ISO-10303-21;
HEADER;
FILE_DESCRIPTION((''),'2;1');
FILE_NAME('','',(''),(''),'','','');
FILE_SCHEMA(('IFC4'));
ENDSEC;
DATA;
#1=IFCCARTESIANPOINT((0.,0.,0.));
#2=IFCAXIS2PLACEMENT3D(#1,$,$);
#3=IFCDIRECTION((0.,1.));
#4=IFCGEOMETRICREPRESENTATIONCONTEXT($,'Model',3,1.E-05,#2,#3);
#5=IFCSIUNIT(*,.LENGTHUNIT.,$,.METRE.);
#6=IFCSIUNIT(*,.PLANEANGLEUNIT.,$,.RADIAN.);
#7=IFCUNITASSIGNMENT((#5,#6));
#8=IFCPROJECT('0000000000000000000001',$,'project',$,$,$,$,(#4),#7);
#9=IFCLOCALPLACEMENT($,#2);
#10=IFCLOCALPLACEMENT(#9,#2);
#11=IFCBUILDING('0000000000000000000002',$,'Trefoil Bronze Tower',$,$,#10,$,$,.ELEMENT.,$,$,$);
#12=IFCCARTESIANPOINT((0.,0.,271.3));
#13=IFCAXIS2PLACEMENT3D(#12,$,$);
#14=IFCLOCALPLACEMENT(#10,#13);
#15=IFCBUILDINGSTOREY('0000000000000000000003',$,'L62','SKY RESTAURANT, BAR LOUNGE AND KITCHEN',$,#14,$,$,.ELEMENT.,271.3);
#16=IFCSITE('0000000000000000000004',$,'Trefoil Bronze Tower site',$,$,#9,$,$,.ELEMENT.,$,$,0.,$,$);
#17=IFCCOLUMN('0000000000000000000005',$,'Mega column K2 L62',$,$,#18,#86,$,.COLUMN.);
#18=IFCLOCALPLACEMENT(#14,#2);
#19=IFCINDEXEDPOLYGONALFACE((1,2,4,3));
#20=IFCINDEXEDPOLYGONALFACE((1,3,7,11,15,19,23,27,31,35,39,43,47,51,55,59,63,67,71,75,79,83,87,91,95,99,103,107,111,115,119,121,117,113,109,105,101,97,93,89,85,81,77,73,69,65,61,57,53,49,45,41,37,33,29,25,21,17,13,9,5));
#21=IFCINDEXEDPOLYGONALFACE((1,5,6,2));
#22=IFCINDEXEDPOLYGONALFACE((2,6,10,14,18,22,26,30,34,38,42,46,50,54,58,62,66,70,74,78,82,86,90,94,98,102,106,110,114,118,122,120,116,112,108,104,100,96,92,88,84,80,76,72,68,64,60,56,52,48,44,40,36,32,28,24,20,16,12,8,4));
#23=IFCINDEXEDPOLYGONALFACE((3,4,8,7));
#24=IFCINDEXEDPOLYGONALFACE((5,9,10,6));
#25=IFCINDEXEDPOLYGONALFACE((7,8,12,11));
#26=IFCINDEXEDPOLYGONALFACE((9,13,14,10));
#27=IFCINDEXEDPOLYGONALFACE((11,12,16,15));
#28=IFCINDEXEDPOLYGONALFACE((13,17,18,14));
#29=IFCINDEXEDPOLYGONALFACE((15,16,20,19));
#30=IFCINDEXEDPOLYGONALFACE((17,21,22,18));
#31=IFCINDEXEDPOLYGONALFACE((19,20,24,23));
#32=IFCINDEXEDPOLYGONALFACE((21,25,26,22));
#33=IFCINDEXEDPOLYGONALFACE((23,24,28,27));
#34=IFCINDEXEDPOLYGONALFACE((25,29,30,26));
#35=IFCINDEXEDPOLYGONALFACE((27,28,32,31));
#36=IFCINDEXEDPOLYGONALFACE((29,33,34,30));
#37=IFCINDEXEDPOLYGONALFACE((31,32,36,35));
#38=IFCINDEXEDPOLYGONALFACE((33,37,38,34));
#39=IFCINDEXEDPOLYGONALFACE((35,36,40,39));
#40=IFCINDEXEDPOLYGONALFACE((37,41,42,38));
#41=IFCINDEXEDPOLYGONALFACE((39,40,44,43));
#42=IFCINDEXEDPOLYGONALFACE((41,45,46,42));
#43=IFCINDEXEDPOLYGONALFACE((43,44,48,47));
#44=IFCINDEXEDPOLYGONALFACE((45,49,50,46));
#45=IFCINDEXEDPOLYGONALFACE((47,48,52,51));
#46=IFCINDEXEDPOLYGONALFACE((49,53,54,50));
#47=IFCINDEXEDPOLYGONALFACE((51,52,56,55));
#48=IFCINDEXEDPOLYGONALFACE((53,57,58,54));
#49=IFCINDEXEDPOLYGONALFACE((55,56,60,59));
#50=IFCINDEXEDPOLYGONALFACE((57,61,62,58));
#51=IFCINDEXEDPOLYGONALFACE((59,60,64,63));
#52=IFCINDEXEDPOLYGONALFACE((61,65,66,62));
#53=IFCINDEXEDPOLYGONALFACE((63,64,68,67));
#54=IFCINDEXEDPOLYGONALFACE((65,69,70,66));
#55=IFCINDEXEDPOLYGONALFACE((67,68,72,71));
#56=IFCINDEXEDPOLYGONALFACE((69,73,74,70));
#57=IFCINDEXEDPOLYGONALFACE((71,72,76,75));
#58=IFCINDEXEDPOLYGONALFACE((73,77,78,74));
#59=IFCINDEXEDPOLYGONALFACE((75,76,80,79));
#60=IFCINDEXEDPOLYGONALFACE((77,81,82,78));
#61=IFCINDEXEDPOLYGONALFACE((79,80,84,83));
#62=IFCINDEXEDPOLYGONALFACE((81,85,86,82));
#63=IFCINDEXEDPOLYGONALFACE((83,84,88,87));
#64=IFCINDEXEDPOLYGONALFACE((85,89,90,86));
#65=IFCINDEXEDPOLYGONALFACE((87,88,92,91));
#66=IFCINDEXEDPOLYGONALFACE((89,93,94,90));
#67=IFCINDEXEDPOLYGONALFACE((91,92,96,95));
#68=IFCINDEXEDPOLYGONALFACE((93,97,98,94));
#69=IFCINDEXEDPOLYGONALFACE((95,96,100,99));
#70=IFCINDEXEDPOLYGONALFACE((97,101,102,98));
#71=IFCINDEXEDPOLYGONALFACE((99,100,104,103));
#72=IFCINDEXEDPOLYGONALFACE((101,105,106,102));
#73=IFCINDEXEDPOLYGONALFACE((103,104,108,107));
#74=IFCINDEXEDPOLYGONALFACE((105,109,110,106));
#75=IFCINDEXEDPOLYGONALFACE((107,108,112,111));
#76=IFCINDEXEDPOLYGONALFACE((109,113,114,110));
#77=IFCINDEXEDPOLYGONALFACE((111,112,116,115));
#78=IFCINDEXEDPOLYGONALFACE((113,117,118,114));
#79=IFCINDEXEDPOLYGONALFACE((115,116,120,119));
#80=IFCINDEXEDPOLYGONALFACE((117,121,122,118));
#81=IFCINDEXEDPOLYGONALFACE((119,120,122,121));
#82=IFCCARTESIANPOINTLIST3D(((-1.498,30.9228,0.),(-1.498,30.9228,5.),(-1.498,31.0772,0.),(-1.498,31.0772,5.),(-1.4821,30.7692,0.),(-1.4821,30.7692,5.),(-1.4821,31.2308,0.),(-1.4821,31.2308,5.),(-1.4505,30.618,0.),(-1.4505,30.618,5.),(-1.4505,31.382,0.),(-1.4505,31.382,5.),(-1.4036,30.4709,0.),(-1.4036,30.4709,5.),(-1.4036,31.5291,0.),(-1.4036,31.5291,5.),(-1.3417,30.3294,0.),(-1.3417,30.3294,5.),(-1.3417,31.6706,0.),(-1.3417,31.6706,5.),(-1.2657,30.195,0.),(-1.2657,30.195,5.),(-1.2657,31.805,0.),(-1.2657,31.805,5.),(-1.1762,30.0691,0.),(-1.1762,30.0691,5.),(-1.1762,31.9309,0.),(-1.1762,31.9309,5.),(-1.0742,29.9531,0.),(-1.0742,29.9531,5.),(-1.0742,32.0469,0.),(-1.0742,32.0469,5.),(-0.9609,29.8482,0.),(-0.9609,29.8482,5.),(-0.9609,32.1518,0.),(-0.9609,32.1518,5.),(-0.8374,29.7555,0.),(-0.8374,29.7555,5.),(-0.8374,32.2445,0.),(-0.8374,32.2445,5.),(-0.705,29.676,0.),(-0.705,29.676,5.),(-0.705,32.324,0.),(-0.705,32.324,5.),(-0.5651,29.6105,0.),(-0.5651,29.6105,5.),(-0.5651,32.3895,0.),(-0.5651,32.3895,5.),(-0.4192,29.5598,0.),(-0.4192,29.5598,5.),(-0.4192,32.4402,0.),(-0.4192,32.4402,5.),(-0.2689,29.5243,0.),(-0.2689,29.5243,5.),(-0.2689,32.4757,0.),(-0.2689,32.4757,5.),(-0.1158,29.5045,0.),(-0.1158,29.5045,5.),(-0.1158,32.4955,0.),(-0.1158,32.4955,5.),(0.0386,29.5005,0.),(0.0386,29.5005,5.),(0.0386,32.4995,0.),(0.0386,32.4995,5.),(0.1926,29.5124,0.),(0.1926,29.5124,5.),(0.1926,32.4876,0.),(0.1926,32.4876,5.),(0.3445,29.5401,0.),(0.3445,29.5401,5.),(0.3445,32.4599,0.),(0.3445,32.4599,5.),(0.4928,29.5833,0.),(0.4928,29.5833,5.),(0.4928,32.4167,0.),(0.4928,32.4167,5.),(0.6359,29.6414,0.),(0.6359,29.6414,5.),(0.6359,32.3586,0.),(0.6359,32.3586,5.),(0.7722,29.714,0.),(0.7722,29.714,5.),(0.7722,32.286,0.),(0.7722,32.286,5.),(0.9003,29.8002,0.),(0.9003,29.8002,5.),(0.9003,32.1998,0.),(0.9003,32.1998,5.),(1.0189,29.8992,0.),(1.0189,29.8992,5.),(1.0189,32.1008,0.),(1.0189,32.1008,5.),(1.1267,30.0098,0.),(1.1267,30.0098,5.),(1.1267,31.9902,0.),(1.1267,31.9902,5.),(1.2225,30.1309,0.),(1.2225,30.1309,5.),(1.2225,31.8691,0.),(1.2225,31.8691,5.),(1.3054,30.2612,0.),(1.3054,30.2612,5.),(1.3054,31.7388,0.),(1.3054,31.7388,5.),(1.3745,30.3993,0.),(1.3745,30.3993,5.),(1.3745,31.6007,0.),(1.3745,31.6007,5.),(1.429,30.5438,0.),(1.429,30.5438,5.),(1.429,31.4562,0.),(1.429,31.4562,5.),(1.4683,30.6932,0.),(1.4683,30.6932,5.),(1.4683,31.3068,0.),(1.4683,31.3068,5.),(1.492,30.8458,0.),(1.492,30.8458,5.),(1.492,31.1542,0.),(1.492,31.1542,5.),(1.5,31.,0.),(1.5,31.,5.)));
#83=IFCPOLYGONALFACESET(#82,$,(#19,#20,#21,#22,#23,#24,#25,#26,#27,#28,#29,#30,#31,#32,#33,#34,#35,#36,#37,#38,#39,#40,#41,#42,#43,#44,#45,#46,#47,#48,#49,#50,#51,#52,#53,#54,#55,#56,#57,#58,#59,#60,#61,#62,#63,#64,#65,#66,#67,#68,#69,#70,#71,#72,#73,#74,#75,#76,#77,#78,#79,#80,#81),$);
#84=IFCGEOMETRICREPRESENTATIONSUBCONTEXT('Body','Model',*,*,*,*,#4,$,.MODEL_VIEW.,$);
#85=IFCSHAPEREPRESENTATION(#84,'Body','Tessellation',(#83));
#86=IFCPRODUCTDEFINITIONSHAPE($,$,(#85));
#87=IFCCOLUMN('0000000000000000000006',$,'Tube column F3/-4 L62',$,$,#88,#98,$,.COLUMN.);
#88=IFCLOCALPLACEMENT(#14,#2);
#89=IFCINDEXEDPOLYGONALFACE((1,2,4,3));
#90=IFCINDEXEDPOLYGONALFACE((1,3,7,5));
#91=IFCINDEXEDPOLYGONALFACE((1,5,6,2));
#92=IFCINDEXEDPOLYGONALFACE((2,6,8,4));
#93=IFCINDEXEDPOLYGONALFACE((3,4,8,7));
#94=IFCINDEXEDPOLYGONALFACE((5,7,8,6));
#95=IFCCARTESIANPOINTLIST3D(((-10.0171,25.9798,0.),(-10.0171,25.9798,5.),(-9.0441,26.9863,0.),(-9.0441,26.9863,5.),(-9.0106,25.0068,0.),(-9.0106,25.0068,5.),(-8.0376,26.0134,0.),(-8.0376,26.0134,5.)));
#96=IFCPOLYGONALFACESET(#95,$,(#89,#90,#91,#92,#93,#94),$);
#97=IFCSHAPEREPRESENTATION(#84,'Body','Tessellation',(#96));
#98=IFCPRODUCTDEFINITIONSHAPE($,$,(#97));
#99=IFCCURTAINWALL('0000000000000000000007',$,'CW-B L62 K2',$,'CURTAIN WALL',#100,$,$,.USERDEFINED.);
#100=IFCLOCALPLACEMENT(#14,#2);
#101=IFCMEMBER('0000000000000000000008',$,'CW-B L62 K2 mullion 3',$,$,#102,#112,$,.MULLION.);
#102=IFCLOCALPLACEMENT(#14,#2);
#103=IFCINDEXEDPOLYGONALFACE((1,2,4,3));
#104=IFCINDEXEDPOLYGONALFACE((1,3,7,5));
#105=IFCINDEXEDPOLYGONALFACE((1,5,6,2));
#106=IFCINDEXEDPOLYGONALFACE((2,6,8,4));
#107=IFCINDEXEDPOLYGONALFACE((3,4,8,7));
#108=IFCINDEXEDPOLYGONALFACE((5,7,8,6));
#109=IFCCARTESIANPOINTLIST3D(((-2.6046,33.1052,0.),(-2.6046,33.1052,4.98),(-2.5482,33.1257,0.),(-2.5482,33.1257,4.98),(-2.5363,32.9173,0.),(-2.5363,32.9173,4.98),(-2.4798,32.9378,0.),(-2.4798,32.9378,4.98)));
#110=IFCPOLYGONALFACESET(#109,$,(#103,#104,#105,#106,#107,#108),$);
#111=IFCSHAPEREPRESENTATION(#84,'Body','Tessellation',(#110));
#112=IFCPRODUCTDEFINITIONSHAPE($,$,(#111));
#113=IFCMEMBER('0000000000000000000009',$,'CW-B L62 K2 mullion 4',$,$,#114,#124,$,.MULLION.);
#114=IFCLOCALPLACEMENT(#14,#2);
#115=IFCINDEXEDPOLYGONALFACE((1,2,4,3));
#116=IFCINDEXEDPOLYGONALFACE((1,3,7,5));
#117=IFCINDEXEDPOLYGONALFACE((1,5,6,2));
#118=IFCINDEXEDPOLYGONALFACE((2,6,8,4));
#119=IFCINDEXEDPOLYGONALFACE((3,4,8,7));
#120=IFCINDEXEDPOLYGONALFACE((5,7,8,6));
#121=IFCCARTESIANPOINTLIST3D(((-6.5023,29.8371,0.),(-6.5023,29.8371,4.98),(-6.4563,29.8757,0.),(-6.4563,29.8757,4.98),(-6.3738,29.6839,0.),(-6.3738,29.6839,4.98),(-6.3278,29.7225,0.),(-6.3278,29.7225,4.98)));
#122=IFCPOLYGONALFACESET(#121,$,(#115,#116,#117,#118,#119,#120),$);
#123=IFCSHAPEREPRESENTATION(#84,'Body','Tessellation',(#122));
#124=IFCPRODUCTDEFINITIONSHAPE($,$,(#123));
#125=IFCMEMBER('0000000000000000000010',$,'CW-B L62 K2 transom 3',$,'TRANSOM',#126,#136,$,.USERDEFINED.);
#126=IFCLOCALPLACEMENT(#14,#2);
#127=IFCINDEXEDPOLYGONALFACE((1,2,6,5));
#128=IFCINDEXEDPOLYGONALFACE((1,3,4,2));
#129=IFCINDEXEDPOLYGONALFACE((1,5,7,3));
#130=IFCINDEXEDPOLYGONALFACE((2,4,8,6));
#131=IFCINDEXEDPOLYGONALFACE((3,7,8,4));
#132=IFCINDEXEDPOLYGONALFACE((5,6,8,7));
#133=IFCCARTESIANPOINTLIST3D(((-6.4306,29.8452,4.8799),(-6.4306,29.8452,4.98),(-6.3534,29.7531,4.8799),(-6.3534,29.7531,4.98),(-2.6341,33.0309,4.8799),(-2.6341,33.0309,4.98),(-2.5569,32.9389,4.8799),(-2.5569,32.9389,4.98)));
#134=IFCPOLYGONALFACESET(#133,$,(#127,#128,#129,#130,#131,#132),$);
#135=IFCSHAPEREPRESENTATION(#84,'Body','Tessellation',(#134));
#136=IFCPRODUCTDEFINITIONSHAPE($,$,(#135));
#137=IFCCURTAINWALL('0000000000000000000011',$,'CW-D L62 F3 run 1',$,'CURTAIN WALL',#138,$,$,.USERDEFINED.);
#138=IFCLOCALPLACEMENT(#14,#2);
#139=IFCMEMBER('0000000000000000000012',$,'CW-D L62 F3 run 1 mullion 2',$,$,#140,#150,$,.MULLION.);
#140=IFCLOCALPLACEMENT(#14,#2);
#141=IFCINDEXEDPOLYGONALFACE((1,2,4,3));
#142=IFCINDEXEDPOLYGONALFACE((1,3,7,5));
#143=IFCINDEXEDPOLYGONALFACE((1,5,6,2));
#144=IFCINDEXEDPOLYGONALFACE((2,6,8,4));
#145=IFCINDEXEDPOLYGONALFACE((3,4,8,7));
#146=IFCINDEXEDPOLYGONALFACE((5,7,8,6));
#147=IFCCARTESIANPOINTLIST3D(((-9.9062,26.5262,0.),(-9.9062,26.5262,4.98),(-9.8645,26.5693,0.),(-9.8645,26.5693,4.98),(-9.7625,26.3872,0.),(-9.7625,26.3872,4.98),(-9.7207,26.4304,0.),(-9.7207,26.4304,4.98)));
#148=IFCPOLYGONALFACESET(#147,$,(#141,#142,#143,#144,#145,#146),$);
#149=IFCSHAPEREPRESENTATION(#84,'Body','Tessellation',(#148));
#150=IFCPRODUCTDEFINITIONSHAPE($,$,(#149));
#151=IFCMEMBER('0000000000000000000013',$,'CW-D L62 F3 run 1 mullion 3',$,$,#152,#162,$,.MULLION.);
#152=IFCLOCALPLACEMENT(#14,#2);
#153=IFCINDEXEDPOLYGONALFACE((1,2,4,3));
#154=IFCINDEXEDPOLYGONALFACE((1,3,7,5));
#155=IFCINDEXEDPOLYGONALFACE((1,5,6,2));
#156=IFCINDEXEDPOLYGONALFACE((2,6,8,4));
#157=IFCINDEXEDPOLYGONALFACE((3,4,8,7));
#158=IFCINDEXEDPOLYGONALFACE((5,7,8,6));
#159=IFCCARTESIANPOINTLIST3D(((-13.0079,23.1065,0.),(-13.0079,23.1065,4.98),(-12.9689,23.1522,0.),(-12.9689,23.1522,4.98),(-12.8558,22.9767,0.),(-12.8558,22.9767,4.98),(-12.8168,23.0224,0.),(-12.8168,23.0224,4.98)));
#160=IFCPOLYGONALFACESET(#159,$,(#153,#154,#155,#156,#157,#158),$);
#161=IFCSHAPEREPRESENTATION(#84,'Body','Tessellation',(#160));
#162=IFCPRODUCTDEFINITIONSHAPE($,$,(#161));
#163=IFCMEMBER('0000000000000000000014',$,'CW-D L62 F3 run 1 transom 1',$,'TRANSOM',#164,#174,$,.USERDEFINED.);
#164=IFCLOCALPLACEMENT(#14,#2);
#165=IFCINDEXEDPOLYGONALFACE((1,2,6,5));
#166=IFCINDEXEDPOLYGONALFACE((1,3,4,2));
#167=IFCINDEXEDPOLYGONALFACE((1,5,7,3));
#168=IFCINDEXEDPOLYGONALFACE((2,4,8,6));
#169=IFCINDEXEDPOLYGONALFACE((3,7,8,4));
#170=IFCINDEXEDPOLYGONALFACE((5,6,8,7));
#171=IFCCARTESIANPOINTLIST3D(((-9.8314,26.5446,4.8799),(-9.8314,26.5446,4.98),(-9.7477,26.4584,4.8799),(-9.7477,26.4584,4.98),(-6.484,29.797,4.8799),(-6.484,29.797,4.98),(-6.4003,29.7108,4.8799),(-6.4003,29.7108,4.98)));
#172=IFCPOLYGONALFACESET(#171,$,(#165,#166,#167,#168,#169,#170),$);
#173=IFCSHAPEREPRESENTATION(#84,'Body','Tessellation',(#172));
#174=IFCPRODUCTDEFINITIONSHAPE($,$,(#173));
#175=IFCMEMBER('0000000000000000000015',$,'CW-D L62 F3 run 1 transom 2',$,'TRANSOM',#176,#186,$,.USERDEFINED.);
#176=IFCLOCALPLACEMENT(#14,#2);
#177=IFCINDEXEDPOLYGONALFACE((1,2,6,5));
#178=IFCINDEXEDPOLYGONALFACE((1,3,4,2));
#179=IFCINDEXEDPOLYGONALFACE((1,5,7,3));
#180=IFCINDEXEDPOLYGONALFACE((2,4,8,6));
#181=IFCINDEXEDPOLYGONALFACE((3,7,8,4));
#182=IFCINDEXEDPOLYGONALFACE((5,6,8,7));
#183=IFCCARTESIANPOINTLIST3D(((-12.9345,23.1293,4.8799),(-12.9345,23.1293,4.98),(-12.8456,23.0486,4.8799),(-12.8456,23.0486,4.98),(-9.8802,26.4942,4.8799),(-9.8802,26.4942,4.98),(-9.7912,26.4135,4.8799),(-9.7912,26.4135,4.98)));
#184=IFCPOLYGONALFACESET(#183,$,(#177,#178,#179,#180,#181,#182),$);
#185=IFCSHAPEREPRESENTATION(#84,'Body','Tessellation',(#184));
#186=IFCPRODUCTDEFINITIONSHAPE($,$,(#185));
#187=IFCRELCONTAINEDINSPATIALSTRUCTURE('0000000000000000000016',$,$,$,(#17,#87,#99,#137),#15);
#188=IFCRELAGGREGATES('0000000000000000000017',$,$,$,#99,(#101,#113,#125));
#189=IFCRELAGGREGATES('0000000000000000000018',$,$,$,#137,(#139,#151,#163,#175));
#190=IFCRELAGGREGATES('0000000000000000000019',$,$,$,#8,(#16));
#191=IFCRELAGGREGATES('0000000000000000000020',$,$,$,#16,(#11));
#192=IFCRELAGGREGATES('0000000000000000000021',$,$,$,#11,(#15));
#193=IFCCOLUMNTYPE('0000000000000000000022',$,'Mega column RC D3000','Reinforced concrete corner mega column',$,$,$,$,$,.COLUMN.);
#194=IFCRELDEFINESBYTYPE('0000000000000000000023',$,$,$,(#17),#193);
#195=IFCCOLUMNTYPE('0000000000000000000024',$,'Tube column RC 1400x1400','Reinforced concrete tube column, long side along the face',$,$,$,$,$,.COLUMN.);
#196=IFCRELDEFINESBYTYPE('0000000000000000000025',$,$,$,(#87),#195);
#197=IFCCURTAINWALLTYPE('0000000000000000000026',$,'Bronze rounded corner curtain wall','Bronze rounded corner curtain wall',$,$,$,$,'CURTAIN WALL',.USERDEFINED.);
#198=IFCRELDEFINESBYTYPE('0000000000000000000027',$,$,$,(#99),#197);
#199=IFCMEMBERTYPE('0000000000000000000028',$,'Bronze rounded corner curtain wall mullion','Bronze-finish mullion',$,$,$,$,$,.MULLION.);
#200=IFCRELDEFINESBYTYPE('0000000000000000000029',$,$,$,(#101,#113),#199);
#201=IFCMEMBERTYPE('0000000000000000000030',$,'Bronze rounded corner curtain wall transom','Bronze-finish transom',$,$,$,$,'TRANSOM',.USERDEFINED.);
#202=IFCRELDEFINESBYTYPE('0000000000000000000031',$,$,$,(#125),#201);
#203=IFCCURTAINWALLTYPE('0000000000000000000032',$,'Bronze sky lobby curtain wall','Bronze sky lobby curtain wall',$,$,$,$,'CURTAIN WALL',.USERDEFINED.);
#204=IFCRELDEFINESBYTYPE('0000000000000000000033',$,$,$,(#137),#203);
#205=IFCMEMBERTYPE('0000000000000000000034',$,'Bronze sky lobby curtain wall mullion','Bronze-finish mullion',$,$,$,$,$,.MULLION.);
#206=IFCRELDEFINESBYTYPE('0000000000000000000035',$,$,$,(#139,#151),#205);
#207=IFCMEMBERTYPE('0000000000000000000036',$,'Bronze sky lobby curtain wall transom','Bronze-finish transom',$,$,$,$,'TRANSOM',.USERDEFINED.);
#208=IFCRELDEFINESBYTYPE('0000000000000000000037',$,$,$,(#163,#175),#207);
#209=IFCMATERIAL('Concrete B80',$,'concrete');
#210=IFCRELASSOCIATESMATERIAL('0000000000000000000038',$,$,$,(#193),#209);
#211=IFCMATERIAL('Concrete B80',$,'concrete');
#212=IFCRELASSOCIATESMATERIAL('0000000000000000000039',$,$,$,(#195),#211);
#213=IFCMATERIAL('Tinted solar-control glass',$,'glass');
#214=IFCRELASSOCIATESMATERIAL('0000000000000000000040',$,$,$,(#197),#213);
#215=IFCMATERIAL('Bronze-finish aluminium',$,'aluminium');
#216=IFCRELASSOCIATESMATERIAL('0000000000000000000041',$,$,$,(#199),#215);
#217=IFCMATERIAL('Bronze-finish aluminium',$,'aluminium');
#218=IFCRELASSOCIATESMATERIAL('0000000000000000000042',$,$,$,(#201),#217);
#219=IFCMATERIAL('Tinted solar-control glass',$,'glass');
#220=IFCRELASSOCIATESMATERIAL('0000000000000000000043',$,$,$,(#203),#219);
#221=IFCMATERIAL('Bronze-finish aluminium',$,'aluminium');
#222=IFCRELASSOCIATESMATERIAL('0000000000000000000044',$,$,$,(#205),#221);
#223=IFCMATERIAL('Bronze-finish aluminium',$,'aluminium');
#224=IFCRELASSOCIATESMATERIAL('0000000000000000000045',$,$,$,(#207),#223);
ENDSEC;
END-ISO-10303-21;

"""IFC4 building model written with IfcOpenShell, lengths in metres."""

from ifc_helpers import new_model, si_unit, direction, frame, origin, origin_2d, place, context, subcontext, project, spatial, rectangle, circle, extrude, material, material_profile, profile_set, type_object, element, aggregate, save


model = new_model("IFC4")

# Units and contexts
model_context = context("Model", 3, precision=1e-05, world=origin(), true_north=direction((0.0, 1.0)))
body_context = subcontext(model_context, "Body", "Model", "MODEL_VIEW")
ifc_project = project(units=[si_unit("LENGTHUNIT", "METRE"), si_unit("PLANEANGLEUNIT", "RADIAN")], contexts=[model_context])

# Site, building, storey
site_placement = place(None, origin())
site = spatial("IfcSite", under=ifc_project, at=site_placement, Name="Trefoil Bronze Tower site", CompositionType="ELEMENT", RefElevation=0.0)
building_placement = place(site_placement, origin())
building = spatial("IfcBuilding", under=site, at=building_placement, Name="Trefoil Bronze Tower", CompositionType="ELEMENT")
storey_placement = place(building_placement, frame((0.0, 0.0, 271.3)))
storey = spatial("IfcBuildingStorey", under=building, at=storey_placement, Name="L62", Description="SKY RESTAURANT, BAR LOUNGE AND KITCHEN", CompositionType="ELEMENT", Elevation=271.3)

# Columns
ifc_material_1 = material(Name="Concrete B80", Category="concrete")
ifc_material_profile_1 = material_profile(ifc_material_1, circle(Radius=1.5, at=origin_2d()), Name="RC D3000")
ifc_profile_set_1 = profile_set([ifc_material_profile_1], Name="Concrete B80")
column_type_1 = type_object("IfcColumnType", Name="Mega column RC D3000", Description="Reinforced concrete corner mega column", PredefinedType="COLUMN", material=ifc_profile_set_1)
column_1_placement = place(storey_placement, frame((0.0, 31.0, 0.0), z_axis=(0.0, 0.0, 1.0), x_axis=(1.0, 0.0, 0.0)))
element("IfcColumn", 1, at=column_1_placement, inside=storey, type_object=column_type_1, Name="Mega column K2 L62", PredefinedType="COLUMN", context=body_context, shape_type="SweptSolid", body=[
    extrude(circle(Radius=1.5, at=origin_2d()), origin(), (0.0, 0.0, 1.0), 5.0),
])
ifc_material_2 = material(Name="Concrete B80", Category="concrete")
ifc_material_profile_2 = material_profile(ifc_material_2, rectangle(XDim=1.3999, YDim=1.3999, at=origin_2d()), Name="RC 1400x1400")
ifc_profile_set_2 = profile_set([ifc_material_profile_2], Name="Concrete B80")
column_type_2 = type_object("IfcColumnType", Name="Tube column RC 1400x1400", Description="Reinforced concrete tube column, long side along the face", PredefinedType="COLUMN", material=ifc_profile_set_2)
column_2_placement = place(storey_placement, frame((-9.0273, 25.9966, 0.0), z_axis=(0.0, 0.0, 1.0), x_axis=(-0.695009, -0.719001, 0.0)))
element("IfcColumn", 2, at=column_2_placement, inside=storey, type_object=column_type_2, Name="Tube column F3/-4 L62", PredefinedType="COLUMN", context=body_context, shape_type="SweptSolid", body=[
    extrude(rectangle(XDim=1.3999, YDim=1.3999, at=origin_2d()), origin(), (0.0, 0.0, 1.0), 5.0),
])

# Curtain walls, members
ifc_material_3 = material(Name="Tinted solar-control glass", Category="glass")
curtain_wall_type_1 = type_object("IfcCurtainWallType", Name="Bronze rounded corner curtain wall", Description="Bronze rounded corner curtain wall", ElementType="CURTAIN WALL", PredefinedType="USERDEFINED", material=ifc_material_3)
curtain_wall_1_placement = place(storey_placement, origin())
curtain_wall_1 = element("IfcCurtainWall", 3, at=curtain_wall_1_placement, inside=storey, type_object=curtain_wall_type_1, Name="CW-B L62 K2", ObjectType="CURTAIN WALL", PredefinedType="USERDEFINED")
ifc_material_4 = material(Name="Bronze-finish aluminium", Category="aluminium")
ifc_material_profile_3 = material_profile(ifc_material_4, rectangle(XDim=0.2, YDim=0.0601, at=origin_2d()), Name="CW-B mullion")
ifc_profile_set_3 = profile_set([ifc_material_profile_3], Name="Bronze-finish aluminium")
member_type_1 = type_object("IfcMemberType", Name="Bronze rounded corner curtain wall mullion", Description="Bronze-finish mullion", PredefinedType="MULLION", material=ifc_profile_set_3)
member_1_placement = place(storey_placement, frame((-2.5422, 33.0215, 0.0), z_axis=(0.0, 0.0, 1.0), x_axis=(0.34202, -0.939693, 0.0)))
member_1 = element("IfcMember", 4, at=member_1_placement, type_object=member_type_1, Name="CW-B L62 K2 mullion 3", PredefinedType="MULLION", context=body_context, shape_type="SweptSolid", body=[
    extrude(rectangle(XDim=0.2, YDim=0.0601, at=origin_2d()), origin(), (0.0, 0.0, 1.0), 4.98),
])
member_2_placement = place(storey_placement, frame((-6.415, 29.7798, 0.0), z_axis=(0.0, 0.0, 1.0), x_axis=(0.642788, -0.766044, 0.0)))
member_2 = element("IfcMember", 5, at=member_2_placement, type_object=member_type_1, Name="CW-B L62 K2 mullion 4", PredefinedType="MULLION", context=body_context, shape_type="SweptSolid", body=[
    extrude(rectangle(XDim=0.2, YDim=0.0601, at=origin_2d()), origin(), (0.0, 0.0, 1.0), 4.98),
])
ifc_material_5 = material(Name="Bronze-finish aluminium", Category="aluminium")
ifc_material_profile_4 = material_profile(ifc_material_5, rectangle(XDim=0.1201, YDim=0.1001, at=origin_2d()), Name="CW-B transom")
ifc_profile_set_4 = profile_set([ifc_material_profile_4], Name="Bronze-finish aluminium")
member_type_2 = type_object("IfcMemberType", Name="Bronze rounded corner curtain wall transom", Description="Bronze-finish transom", ElementType="TRANSOM", PredefinedType="USERDEFINED", material=ifc_profile_set_4)
member_3_placement = place(storey_placement, frame((-2.5955, 32.9849, 4.9299), z_axis=(-0.766041, -0.642792, 0.0), x_axis=(0.642792, -0.766041, 0.0)))
member_3 = element("IfcMember", 6, at=member_3_placement, type_object=member_type_2, Name="CW-B L62 K2 transom 3", ObjectType="TRANSOM", PredefinedType="USERDEFINED", context=body_context, shape_type="SweptSolid", body=[
    extrude(rectangle(XDim=0.1201, YDim=0.1001, at=origin_2d()), origin(), (0.0, 0.0, 1.0), 4.9561),
])
ifc_material_6 = material(Name="Tinted solar-control glass", Category="glass")
curtain_wall_type_2 = type_object("IfcCurtainWallType", Name="Bronze sky lobby curtain wall", Description="Bronze sky lobby curtain wall", ElementType="CURTAIN WALL", PredefinedType="USERDEFINED", material=ifc_material_6)
curtain_wall_2_placement = place(storey_placement, origin())
curtain_wall_2 = element("IfcCurtainWall", 7, at=curtain_wall_2_placement, inside=storey, type_object=curtain_wall_type_2, Name="CW-D L62 F3 run 1", ObjectType="CURTAIN WALL", PredefinedType="USERDEFINED")
ifc_material_7 = material(Name="Bronze-finish aluminium", Category="aluminium")
ifc_material_profile_5 = material_profile(ifc_material_7, rectangle(XDim=0.2, YDim=0.0601, at=origin_2d()), Name="CW-D mullion")
ifc_profile_set_5 = profile_set([ifc_material_profile_5], Name="Bronze-finish aluminium")
member_type_3 = type_object("IfcMemberType", Name="Bronze sky lobby curtain wall mullion", Description="Bronze-finish mullion", PredefinedType="MULLION", material=ifc_profile_set_5)
member_4_placement = place(storey_placement, frame((-9.8135, 26.4783, 0.0), z_axis=(0.0, 0.0, 1.0), x_axis=(0.719001, -0.695009, 0.0)))
member_4 = element("IfcMember", 8, at=member_4_placement, type_object=member_type_3, Name="CW-D L62 F3 run 1 mullion 2", PredefinedType="MULLION", context=body_context, shape_type="SweptSolid", body=[
    extrude(rectangle(XDim=0.2, YDim=0.0601, at=origin_2d()), origin(), (0.0, 0.0, 1.0), 4.98),
])
member_5_placement = place(storey_placement, frame((-12.9124, 23.0645, 0.0), z_axis=(0.0, 0.0, 1.0), x_axis=(0.760781, -0.649008, 0.0)))
member_5 = element("IfcMember", 9, at=member_5_placement, type_object=member_type_3, Name="CW-D L62 F3 run 1 mullion 3", PredefinedType="MULLION", context=body_context, shape_type="SweptSolid", body=[
    extrude(rectangle(XDim=0.2, YDim=0.0601, at=origin_2d()), origin(), (0.0, 0.0, 1.0), 4.98),
])
ifc_material_8 = material(Name="Bronze-finish aluminium", Category="aluminium")
ifc_material_profile_6 = material_profile(ifc_material_8, rectangle(XDim=0.1201, YDim=0.1001, at=origin_2d()), Name="CW-D transom")
ifc_profile_set_6 = profile_set([ifc_material_profile_6], Name="Bronze-finish aluminium")
member_type_4 = type_object("IfcMemberType", Name="Bronze sky lobby curtain wall transom", Description="Bronze-finish transom", ElementType="TRANSOM", PredefinedType="USERDEFINED", material=ifc_profile_set_6)
member_6_placement = place(storey_placement, frame((-6.4421, 29.7539, 4.9299), z_axis=(-0.717208, -0.696859, 0.0), x_axis=(0.696859, -0.717208, 0.0)))
member_6 = element("IfcMember", 10, at=member_6_placement, type_object=member_type_4, Name="CW-D L62 F3 run 1 transom 1", ObjectType="TRANSOM", PredefinedType="USERDEFINED", context=body_context, shape_type="SweptSolid", body=[
    extrude(rectangle(XDim=0.1201, YDim=0.1001, at=origin_2d()), origin(), (0.0, 0.0, 1.0), 4.6672),
])
member_7_placement = place(storey_placement, frame((-9.8357, 26.4539, 4.9299), z_axis=(-0.672114, -0.740448, 0.0), x_axis=(0.740448, -0.672114, 0.0)))
member_7 = element("IfcMember", 11, at=member_7_placement, type_object=member_type_4, Name="CW-D L62 F3 run 1 transom 2", ObjectType="TRANSOM", PredefinedType="USERDEFINED", context=body_context, shape_type="SweptSolid", body=[
    extrude(rectangle(XDim=0.1201, YDim=0.1001, at=origin_2d()), origin(), (0.0, 0.0, 1.0), 4.5444),
])

aggregate(curtain_wall_1, [member_1, member_2, member_3])
aggregate(curtain_wall_2, [member_4, member_5, member_6, member_7])

save(model, "model.ifc")
